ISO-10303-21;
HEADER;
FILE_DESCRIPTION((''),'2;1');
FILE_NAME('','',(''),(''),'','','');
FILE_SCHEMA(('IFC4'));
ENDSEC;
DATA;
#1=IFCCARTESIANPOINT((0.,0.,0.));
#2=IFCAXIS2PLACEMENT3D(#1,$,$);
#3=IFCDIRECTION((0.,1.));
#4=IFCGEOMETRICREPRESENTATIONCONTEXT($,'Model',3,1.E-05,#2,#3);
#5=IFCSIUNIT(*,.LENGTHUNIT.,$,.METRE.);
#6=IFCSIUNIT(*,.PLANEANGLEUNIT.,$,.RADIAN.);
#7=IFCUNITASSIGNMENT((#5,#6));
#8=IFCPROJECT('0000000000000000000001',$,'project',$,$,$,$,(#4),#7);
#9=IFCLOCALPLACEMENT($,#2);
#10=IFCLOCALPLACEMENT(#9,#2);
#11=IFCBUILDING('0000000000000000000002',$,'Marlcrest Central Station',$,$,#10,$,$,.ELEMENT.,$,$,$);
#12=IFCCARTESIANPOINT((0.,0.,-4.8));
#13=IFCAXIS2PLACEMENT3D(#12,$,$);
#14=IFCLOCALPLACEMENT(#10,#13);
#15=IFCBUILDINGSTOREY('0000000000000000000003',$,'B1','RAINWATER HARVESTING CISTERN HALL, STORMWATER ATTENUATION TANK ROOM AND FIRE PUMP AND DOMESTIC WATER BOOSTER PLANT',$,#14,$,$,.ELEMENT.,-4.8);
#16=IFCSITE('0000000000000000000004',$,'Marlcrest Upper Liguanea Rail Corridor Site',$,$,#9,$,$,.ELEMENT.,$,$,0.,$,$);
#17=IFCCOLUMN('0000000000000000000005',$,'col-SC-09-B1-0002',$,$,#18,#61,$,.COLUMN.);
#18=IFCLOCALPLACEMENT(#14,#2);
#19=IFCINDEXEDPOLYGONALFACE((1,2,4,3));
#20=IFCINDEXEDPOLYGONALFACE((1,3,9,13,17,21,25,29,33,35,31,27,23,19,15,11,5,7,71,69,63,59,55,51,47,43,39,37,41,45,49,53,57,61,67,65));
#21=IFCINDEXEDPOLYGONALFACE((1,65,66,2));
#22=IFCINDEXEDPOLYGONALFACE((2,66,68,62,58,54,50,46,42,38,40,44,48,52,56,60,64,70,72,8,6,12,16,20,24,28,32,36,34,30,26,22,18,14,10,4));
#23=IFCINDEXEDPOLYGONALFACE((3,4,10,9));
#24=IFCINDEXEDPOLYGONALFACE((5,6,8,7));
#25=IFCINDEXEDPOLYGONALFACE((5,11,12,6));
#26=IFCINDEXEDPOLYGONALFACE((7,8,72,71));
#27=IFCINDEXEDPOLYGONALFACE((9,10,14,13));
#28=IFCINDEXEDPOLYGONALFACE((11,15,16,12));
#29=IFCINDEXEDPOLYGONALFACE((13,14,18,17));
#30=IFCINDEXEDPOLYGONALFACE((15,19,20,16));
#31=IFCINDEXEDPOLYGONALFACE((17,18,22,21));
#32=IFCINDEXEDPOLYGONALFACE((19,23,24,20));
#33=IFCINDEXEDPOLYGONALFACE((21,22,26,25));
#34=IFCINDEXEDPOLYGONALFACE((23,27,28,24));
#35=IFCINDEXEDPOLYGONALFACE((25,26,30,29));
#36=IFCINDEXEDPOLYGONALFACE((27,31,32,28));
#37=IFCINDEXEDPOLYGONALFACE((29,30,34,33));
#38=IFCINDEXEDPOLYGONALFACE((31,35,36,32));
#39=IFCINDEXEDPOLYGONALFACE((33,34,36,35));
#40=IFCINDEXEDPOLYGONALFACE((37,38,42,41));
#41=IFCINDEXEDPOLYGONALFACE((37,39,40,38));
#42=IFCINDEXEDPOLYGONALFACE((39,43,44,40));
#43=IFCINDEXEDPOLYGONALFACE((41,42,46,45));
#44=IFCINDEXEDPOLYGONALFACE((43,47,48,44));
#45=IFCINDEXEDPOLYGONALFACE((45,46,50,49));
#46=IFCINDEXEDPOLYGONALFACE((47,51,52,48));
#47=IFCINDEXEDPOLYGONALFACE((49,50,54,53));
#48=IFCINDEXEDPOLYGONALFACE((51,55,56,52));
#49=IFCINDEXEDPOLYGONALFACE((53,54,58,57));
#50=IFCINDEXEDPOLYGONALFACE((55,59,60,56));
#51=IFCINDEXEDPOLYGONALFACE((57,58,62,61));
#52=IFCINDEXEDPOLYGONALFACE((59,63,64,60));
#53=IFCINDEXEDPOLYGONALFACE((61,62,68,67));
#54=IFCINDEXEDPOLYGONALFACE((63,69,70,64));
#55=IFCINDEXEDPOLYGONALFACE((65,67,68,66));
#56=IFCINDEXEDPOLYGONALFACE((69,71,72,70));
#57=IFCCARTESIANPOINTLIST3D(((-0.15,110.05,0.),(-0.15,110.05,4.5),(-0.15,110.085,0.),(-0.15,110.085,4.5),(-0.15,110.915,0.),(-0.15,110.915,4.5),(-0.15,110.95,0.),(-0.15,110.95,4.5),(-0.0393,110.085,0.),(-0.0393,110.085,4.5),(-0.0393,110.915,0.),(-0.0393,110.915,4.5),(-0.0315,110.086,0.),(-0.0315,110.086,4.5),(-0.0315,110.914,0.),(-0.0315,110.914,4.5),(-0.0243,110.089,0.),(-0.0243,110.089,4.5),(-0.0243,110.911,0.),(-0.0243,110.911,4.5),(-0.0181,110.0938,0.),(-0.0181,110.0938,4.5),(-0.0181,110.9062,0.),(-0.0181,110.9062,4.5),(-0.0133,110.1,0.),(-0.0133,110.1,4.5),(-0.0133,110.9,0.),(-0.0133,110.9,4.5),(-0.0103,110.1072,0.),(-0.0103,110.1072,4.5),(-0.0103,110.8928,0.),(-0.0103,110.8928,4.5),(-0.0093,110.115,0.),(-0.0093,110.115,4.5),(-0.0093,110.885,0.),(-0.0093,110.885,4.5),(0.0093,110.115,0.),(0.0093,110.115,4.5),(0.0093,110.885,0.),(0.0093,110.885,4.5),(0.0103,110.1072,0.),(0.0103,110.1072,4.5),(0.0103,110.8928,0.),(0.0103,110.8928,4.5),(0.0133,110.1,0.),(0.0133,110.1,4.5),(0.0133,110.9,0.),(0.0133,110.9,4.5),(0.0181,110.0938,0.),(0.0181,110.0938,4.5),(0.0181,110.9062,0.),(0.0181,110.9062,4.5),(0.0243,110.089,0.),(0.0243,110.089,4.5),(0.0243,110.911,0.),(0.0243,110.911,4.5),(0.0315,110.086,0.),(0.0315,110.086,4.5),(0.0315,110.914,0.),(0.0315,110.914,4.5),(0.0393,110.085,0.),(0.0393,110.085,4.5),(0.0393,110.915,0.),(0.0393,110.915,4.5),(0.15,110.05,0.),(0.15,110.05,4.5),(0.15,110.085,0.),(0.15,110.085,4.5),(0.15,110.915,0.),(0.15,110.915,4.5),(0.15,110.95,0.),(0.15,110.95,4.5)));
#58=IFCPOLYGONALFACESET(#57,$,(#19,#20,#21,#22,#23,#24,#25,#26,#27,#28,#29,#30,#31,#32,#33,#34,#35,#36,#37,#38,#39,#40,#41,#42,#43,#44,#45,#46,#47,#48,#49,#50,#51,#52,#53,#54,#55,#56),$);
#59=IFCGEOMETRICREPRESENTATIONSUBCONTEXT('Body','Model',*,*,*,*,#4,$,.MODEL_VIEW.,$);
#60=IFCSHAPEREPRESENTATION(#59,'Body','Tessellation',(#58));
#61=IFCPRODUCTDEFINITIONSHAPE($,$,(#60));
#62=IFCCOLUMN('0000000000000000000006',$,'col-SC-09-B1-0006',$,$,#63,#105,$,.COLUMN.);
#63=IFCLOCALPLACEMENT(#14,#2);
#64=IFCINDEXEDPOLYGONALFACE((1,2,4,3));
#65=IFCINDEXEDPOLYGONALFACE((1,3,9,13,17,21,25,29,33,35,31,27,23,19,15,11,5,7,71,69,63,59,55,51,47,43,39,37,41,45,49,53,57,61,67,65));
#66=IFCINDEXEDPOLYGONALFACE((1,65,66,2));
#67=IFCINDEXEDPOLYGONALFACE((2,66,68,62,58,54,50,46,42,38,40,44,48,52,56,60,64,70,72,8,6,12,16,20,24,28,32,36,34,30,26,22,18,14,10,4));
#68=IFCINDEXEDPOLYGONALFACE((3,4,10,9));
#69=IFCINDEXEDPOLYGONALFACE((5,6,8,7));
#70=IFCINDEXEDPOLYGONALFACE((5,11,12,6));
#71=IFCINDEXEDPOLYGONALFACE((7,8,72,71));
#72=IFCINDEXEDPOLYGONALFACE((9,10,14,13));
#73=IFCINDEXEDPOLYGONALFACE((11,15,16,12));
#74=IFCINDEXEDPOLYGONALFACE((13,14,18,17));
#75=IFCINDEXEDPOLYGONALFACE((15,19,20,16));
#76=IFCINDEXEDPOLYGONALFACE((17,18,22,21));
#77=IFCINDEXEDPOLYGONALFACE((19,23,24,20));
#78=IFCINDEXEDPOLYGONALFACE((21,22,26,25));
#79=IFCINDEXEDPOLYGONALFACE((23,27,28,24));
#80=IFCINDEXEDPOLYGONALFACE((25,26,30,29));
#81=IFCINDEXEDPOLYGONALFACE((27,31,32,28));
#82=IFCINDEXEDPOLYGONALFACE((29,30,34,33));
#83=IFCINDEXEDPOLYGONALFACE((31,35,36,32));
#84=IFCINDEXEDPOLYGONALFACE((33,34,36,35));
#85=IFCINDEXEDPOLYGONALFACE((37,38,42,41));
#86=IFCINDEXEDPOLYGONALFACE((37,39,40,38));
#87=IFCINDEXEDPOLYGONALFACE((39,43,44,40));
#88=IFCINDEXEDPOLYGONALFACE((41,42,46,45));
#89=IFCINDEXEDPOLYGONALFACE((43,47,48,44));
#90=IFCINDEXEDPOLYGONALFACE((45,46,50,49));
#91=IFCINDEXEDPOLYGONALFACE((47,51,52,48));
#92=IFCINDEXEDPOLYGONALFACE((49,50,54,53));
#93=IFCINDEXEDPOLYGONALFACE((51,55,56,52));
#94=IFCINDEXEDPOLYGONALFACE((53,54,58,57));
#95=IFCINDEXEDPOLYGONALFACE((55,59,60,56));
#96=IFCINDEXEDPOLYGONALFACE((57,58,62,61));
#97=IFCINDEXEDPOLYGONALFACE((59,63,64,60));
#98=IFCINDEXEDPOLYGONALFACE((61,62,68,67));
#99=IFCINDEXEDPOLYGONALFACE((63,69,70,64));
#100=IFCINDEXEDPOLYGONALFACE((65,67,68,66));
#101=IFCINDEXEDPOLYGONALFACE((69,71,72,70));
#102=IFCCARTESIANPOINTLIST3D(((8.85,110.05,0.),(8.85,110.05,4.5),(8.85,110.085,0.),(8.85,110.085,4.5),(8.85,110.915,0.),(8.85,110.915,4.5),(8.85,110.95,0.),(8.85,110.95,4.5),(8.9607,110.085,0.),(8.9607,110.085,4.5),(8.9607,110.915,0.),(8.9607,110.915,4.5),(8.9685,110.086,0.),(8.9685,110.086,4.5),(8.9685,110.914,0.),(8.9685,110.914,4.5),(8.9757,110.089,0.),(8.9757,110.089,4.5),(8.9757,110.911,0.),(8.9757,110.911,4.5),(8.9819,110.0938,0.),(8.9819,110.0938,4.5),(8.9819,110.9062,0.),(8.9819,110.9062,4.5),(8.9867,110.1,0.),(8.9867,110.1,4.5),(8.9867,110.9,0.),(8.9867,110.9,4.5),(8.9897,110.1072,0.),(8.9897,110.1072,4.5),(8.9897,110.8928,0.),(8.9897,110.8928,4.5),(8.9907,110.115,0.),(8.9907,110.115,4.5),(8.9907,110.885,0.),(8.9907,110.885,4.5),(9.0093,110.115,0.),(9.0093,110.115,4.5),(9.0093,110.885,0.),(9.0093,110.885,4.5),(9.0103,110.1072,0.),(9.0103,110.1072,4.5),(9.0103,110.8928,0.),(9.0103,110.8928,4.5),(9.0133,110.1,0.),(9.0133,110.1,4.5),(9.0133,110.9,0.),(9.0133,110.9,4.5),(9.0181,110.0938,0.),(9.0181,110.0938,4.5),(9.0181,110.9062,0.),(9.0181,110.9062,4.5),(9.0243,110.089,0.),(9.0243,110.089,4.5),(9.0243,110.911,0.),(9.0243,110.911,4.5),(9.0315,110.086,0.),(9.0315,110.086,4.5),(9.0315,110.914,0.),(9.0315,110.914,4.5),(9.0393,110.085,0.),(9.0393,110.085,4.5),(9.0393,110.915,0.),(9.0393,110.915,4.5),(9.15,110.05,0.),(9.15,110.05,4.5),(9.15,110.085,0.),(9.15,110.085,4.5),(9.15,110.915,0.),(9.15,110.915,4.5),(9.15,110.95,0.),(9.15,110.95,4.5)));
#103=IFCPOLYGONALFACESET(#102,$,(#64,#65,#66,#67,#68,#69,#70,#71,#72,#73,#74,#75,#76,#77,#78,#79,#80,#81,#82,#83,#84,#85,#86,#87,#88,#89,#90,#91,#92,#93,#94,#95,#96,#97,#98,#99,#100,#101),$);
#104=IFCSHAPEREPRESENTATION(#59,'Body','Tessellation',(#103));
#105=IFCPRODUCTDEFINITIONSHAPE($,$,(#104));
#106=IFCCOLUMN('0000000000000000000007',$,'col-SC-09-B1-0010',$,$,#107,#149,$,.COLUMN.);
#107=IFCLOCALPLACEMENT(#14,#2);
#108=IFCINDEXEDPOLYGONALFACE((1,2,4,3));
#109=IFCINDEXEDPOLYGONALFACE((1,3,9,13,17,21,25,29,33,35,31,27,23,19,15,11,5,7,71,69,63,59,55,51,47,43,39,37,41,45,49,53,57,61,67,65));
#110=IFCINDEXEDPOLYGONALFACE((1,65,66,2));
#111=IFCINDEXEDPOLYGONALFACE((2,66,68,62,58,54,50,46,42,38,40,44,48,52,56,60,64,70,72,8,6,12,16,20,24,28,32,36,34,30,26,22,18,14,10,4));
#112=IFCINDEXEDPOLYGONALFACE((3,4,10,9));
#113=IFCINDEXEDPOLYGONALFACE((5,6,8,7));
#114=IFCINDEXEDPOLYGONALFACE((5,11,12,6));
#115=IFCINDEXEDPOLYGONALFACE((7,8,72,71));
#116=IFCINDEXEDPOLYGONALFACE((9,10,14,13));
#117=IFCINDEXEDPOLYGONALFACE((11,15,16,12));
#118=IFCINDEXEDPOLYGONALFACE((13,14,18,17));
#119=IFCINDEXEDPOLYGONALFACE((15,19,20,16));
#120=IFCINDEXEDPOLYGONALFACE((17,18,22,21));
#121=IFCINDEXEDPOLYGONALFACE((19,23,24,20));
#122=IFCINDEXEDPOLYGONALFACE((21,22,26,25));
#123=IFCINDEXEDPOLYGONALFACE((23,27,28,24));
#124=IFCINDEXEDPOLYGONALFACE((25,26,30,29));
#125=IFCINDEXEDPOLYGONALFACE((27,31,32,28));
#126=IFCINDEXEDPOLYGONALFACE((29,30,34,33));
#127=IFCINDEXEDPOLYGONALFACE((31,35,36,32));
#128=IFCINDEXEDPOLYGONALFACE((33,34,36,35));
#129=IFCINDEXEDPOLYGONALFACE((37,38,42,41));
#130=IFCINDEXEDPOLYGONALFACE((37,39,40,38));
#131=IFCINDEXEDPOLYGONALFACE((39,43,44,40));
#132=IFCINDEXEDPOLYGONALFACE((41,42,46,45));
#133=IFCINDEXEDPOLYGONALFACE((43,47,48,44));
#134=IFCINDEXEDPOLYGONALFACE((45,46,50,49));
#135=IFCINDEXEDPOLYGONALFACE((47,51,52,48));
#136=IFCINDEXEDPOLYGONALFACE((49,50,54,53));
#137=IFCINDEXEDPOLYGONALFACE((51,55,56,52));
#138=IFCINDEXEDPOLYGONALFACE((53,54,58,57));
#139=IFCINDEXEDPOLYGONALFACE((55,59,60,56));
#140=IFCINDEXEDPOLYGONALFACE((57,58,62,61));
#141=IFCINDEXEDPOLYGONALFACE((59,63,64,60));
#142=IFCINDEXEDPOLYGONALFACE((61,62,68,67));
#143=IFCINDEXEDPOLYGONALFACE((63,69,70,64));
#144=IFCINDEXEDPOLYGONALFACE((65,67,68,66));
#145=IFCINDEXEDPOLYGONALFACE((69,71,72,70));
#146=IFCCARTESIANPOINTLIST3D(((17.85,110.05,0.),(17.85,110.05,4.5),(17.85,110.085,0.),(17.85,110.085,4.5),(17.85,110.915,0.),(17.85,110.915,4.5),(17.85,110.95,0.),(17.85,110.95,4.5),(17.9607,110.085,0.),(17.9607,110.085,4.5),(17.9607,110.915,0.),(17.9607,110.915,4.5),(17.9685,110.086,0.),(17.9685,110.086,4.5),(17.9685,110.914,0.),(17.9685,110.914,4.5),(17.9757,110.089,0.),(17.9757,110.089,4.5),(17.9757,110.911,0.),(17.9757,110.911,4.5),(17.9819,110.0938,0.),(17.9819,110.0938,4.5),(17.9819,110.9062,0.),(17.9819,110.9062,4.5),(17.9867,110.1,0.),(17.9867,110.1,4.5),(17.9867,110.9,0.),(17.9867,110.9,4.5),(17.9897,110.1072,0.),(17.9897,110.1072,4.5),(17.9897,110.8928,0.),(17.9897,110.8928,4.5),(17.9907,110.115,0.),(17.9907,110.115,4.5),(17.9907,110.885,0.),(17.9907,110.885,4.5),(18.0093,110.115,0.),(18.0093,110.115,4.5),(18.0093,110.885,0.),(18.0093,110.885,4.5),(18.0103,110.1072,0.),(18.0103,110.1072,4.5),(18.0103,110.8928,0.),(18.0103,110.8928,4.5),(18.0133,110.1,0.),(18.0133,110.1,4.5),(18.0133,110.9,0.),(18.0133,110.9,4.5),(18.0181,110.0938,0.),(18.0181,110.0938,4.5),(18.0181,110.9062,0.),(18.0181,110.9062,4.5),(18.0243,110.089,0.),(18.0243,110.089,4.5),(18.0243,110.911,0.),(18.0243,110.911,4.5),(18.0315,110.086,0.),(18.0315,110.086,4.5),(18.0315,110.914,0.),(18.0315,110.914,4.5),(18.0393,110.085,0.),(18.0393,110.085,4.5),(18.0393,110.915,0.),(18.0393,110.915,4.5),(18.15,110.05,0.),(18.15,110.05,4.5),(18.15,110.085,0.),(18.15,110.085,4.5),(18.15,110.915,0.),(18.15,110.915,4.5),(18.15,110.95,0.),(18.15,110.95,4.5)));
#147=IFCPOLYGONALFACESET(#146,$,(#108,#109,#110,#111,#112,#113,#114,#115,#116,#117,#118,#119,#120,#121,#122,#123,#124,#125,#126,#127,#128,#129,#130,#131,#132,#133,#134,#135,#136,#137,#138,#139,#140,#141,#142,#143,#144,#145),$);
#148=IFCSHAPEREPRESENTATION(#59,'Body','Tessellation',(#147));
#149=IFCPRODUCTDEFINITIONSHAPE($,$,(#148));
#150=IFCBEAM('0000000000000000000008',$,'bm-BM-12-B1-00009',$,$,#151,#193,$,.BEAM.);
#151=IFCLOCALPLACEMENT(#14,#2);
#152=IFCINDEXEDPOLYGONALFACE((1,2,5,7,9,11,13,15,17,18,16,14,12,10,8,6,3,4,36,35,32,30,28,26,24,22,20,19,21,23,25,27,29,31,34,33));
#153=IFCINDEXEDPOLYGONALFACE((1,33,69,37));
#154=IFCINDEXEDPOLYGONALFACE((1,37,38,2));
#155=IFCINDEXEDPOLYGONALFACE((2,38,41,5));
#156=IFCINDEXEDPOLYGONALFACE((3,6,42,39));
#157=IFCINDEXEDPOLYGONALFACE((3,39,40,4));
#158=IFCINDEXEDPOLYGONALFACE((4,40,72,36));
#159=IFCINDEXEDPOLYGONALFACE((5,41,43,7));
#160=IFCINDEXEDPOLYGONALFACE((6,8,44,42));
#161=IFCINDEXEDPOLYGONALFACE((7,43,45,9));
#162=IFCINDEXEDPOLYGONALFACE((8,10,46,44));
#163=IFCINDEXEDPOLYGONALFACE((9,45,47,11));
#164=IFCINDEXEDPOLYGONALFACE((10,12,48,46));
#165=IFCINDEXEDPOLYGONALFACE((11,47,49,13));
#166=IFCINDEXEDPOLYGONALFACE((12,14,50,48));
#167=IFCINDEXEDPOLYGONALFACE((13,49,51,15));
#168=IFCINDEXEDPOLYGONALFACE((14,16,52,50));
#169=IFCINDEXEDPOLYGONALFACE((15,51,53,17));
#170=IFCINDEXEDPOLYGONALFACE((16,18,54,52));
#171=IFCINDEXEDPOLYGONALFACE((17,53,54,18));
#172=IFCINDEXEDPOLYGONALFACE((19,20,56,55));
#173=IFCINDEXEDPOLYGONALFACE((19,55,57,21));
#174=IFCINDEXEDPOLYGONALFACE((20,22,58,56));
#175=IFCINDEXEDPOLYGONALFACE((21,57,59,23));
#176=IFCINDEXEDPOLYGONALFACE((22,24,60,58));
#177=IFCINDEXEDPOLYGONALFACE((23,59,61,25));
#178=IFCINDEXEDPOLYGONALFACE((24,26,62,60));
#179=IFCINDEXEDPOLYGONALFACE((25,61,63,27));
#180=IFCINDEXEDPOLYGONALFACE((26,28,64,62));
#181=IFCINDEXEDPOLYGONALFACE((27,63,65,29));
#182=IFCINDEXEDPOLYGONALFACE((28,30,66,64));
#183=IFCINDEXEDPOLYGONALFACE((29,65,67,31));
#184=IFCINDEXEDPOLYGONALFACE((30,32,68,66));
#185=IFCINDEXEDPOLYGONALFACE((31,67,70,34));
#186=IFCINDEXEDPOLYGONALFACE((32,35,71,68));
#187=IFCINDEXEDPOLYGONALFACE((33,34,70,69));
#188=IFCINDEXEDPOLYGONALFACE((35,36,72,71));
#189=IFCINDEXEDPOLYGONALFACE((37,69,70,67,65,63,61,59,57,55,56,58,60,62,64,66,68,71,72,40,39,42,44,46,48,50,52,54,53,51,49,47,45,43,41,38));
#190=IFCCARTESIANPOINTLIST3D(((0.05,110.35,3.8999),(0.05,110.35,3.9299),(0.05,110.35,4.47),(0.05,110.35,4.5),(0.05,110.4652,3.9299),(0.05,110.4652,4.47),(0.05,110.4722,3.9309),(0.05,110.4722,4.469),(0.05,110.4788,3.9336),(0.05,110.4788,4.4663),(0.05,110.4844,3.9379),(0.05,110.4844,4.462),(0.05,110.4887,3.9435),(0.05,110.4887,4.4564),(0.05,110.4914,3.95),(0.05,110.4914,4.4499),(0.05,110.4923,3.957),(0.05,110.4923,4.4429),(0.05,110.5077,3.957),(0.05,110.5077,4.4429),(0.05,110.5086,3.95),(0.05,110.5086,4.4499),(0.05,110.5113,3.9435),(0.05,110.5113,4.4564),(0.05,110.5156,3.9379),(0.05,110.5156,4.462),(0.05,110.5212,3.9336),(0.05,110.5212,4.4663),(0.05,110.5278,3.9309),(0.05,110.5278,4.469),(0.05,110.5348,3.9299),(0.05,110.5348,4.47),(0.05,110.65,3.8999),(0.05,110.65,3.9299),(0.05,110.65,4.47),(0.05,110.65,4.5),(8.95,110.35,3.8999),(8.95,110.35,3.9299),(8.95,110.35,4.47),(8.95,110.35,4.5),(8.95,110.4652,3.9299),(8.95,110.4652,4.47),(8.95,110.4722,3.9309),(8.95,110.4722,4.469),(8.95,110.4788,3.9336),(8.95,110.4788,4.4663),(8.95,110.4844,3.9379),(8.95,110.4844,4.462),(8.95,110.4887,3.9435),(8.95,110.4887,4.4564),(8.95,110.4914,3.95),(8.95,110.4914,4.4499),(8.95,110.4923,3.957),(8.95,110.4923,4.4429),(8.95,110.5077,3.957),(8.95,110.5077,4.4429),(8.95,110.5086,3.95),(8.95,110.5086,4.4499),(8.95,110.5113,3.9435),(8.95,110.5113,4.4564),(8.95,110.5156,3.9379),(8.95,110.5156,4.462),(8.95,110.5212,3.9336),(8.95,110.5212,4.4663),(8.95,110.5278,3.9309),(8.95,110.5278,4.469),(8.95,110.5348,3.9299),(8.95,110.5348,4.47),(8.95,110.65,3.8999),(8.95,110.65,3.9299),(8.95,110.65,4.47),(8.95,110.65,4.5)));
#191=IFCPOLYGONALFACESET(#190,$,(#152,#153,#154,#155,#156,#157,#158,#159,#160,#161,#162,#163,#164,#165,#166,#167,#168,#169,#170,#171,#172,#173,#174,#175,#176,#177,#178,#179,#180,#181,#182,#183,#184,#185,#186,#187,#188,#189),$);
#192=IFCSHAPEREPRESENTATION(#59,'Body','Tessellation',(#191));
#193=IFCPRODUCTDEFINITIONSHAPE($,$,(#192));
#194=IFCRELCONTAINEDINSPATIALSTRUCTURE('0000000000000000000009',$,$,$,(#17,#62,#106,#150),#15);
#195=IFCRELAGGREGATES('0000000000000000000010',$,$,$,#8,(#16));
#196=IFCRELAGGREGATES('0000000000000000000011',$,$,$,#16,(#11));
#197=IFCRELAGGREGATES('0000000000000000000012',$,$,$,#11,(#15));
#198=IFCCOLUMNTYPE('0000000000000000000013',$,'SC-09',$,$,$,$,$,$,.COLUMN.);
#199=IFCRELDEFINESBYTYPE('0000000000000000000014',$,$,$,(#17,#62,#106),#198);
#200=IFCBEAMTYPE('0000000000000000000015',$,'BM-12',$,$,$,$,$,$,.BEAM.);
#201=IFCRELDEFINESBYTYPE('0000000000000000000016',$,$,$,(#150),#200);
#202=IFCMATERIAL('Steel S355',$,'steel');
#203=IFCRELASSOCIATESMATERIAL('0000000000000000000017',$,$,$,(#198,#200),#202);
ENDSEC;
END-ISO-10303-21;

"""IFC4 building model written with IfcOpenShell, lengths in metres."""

from ifc_helpers import new_model, si_unit, direction, frame, origin, origin_2d, place, context, subcontext, project, spatial, i_section, extrude, material, material_profile, profile_set, type_object, element, save


model = new_model("IFC4")

# Units and contexts
model_context = context("Model", 3, precision=1e-05, world=origin(), true_north=direction((0.0, 1.0)))
body_context = subcontext(model_context, "Body", "Model", "MODEL_VIEW")
ifc_project = project(units=[si_unit("LENGTHUNIT", "METRE"), si_unit("PLANEANGLEUNIT", "RADIAN")], contexts=[model_context])

# Site, building, storey
site_placement = place(None, origin())
site = spatial("IfcSite", under=ifc_project, at=site_placement, Name="Marlcrest Upper Liguanea Rail Corridor Site", CompositionType="ELEMENT", RefElevation=0.0)
building_placement = place(site_placement, origin())
building = spatial("IfcBuilding", under=site, at=building_placement, Name="Marlcrest Central Station", CompositionType="ELEMENT")
storey_placement = place(building_placement, frame((0.0, 0.0, -4.8)))
storey = spatial("IfcBuildingStorey", under=building, at=storey_placement, Name="B1", Description="RAINWATER HARVESTING CISTERN HALL, STORMWATER ATTENUATION TANK ROOM AND FIRE PUMP AND DOMESTIC WATER BOOSTER PLANT", CompositionType="ELEMENT", Elevation=-4.8)

# Columns
ifc_material_1 = material(Name="Steel S355", Category="steel")
ifc_material_profile_1 = material_profile(ifc_material_1, i_section(OverallWidth=0.3, OverallDepth=0.8999, WebThickness=0.0186, FlangeThickness=0.0349, FilletRadius=0.03, at=origin_2d()), Name="HEB 900")
ifc_profile_set_1 = profile_set([ifc_material_profile_1], Name="Steel S355")
column_type = type_object("IfcColumnType", Name="SC-09", PredefinedType="COLUMN", material=ifc_profile_set_1)
for number, where, z_axis, x_axis, name in (
    (1, (0.0, 110.5, 0.0), (0.0, 0.0, 1.0), (1.0, 0.0, 0.0), "col-SC-09-B1-0002"),
    (2, (9.0, 110.5, 0.0), (0.0, 0.0, 1.0), (1.0, 0.0, 0.0), "col-SC-09-B1-0006"),
    (3, (18.0, 110.5, 0.0), (0.0, 0.0, 1.0), (1.0, 0.0, 0.0), "col-SC-09-B1-0010"),
):
    element("IfcColumn", number, at=place(storey_placement, frame(where, z_axis=z_axis, x_axis=x_axis)), inside=storey, type_object=column_type, Name=name, PredefinedType="COLUMN", context=body_context, shape_type="SweptSolid", body=[
        extrude(i_section(OverallWidth=0.3, OverallDepth=0.8999, WebThickness=0.0186, FlangeThickness=0.0349, FilletRadius=0.03, at=origin_2d()), origin(), (0.0, 0.0, 1.0), 4.5),
    ])

# Beam
ifc_material_profile_2 = material_profile(ifc_material_1, i_section(OverallWidth=0.3, OverallDepth=0.6001, WebThickness=0.0154, FlangeThickness=0.03, FilletRadius=0.0271, at=origin_2d()), Name="HEB 600")
ifc_profile_set_2 = profile_set([ifc_material_profile_2], Name="Steel S355")
beam_type_1 = type_object("IfcBeamType", Name="BM-12", PredefinedType="BEAM", material=ifc_profile_set_2)
for number, where, z_axis, x_axis, name in (
    (4, (0.05, 110.5, 4.2), (1.0, 0.0, 0.0), (0.0, 1.0, 0.0), "bm-BM-12-B1-00009"),
):
    element("IfcBeam", number, at=place(storey_placement, frame(where, z_axis=z_axis, x_axis=x_axis)), inside=storey, type_object=beam_type_1, Name=name, PredefinedType="BEAM", context=body_context, shape_type="SweptSolid", body=[
        extrude(i_section(OverallWidth=0.3, OverallDepth=0.6001, WebThickness=0.0154, FlangeThickness=0.03, FilletRadius=0.0271, at=origin_2d()), origin(), (0.0, 0.0, 1.0), 8.8999),
    ])

save(model, "model.ifc")
